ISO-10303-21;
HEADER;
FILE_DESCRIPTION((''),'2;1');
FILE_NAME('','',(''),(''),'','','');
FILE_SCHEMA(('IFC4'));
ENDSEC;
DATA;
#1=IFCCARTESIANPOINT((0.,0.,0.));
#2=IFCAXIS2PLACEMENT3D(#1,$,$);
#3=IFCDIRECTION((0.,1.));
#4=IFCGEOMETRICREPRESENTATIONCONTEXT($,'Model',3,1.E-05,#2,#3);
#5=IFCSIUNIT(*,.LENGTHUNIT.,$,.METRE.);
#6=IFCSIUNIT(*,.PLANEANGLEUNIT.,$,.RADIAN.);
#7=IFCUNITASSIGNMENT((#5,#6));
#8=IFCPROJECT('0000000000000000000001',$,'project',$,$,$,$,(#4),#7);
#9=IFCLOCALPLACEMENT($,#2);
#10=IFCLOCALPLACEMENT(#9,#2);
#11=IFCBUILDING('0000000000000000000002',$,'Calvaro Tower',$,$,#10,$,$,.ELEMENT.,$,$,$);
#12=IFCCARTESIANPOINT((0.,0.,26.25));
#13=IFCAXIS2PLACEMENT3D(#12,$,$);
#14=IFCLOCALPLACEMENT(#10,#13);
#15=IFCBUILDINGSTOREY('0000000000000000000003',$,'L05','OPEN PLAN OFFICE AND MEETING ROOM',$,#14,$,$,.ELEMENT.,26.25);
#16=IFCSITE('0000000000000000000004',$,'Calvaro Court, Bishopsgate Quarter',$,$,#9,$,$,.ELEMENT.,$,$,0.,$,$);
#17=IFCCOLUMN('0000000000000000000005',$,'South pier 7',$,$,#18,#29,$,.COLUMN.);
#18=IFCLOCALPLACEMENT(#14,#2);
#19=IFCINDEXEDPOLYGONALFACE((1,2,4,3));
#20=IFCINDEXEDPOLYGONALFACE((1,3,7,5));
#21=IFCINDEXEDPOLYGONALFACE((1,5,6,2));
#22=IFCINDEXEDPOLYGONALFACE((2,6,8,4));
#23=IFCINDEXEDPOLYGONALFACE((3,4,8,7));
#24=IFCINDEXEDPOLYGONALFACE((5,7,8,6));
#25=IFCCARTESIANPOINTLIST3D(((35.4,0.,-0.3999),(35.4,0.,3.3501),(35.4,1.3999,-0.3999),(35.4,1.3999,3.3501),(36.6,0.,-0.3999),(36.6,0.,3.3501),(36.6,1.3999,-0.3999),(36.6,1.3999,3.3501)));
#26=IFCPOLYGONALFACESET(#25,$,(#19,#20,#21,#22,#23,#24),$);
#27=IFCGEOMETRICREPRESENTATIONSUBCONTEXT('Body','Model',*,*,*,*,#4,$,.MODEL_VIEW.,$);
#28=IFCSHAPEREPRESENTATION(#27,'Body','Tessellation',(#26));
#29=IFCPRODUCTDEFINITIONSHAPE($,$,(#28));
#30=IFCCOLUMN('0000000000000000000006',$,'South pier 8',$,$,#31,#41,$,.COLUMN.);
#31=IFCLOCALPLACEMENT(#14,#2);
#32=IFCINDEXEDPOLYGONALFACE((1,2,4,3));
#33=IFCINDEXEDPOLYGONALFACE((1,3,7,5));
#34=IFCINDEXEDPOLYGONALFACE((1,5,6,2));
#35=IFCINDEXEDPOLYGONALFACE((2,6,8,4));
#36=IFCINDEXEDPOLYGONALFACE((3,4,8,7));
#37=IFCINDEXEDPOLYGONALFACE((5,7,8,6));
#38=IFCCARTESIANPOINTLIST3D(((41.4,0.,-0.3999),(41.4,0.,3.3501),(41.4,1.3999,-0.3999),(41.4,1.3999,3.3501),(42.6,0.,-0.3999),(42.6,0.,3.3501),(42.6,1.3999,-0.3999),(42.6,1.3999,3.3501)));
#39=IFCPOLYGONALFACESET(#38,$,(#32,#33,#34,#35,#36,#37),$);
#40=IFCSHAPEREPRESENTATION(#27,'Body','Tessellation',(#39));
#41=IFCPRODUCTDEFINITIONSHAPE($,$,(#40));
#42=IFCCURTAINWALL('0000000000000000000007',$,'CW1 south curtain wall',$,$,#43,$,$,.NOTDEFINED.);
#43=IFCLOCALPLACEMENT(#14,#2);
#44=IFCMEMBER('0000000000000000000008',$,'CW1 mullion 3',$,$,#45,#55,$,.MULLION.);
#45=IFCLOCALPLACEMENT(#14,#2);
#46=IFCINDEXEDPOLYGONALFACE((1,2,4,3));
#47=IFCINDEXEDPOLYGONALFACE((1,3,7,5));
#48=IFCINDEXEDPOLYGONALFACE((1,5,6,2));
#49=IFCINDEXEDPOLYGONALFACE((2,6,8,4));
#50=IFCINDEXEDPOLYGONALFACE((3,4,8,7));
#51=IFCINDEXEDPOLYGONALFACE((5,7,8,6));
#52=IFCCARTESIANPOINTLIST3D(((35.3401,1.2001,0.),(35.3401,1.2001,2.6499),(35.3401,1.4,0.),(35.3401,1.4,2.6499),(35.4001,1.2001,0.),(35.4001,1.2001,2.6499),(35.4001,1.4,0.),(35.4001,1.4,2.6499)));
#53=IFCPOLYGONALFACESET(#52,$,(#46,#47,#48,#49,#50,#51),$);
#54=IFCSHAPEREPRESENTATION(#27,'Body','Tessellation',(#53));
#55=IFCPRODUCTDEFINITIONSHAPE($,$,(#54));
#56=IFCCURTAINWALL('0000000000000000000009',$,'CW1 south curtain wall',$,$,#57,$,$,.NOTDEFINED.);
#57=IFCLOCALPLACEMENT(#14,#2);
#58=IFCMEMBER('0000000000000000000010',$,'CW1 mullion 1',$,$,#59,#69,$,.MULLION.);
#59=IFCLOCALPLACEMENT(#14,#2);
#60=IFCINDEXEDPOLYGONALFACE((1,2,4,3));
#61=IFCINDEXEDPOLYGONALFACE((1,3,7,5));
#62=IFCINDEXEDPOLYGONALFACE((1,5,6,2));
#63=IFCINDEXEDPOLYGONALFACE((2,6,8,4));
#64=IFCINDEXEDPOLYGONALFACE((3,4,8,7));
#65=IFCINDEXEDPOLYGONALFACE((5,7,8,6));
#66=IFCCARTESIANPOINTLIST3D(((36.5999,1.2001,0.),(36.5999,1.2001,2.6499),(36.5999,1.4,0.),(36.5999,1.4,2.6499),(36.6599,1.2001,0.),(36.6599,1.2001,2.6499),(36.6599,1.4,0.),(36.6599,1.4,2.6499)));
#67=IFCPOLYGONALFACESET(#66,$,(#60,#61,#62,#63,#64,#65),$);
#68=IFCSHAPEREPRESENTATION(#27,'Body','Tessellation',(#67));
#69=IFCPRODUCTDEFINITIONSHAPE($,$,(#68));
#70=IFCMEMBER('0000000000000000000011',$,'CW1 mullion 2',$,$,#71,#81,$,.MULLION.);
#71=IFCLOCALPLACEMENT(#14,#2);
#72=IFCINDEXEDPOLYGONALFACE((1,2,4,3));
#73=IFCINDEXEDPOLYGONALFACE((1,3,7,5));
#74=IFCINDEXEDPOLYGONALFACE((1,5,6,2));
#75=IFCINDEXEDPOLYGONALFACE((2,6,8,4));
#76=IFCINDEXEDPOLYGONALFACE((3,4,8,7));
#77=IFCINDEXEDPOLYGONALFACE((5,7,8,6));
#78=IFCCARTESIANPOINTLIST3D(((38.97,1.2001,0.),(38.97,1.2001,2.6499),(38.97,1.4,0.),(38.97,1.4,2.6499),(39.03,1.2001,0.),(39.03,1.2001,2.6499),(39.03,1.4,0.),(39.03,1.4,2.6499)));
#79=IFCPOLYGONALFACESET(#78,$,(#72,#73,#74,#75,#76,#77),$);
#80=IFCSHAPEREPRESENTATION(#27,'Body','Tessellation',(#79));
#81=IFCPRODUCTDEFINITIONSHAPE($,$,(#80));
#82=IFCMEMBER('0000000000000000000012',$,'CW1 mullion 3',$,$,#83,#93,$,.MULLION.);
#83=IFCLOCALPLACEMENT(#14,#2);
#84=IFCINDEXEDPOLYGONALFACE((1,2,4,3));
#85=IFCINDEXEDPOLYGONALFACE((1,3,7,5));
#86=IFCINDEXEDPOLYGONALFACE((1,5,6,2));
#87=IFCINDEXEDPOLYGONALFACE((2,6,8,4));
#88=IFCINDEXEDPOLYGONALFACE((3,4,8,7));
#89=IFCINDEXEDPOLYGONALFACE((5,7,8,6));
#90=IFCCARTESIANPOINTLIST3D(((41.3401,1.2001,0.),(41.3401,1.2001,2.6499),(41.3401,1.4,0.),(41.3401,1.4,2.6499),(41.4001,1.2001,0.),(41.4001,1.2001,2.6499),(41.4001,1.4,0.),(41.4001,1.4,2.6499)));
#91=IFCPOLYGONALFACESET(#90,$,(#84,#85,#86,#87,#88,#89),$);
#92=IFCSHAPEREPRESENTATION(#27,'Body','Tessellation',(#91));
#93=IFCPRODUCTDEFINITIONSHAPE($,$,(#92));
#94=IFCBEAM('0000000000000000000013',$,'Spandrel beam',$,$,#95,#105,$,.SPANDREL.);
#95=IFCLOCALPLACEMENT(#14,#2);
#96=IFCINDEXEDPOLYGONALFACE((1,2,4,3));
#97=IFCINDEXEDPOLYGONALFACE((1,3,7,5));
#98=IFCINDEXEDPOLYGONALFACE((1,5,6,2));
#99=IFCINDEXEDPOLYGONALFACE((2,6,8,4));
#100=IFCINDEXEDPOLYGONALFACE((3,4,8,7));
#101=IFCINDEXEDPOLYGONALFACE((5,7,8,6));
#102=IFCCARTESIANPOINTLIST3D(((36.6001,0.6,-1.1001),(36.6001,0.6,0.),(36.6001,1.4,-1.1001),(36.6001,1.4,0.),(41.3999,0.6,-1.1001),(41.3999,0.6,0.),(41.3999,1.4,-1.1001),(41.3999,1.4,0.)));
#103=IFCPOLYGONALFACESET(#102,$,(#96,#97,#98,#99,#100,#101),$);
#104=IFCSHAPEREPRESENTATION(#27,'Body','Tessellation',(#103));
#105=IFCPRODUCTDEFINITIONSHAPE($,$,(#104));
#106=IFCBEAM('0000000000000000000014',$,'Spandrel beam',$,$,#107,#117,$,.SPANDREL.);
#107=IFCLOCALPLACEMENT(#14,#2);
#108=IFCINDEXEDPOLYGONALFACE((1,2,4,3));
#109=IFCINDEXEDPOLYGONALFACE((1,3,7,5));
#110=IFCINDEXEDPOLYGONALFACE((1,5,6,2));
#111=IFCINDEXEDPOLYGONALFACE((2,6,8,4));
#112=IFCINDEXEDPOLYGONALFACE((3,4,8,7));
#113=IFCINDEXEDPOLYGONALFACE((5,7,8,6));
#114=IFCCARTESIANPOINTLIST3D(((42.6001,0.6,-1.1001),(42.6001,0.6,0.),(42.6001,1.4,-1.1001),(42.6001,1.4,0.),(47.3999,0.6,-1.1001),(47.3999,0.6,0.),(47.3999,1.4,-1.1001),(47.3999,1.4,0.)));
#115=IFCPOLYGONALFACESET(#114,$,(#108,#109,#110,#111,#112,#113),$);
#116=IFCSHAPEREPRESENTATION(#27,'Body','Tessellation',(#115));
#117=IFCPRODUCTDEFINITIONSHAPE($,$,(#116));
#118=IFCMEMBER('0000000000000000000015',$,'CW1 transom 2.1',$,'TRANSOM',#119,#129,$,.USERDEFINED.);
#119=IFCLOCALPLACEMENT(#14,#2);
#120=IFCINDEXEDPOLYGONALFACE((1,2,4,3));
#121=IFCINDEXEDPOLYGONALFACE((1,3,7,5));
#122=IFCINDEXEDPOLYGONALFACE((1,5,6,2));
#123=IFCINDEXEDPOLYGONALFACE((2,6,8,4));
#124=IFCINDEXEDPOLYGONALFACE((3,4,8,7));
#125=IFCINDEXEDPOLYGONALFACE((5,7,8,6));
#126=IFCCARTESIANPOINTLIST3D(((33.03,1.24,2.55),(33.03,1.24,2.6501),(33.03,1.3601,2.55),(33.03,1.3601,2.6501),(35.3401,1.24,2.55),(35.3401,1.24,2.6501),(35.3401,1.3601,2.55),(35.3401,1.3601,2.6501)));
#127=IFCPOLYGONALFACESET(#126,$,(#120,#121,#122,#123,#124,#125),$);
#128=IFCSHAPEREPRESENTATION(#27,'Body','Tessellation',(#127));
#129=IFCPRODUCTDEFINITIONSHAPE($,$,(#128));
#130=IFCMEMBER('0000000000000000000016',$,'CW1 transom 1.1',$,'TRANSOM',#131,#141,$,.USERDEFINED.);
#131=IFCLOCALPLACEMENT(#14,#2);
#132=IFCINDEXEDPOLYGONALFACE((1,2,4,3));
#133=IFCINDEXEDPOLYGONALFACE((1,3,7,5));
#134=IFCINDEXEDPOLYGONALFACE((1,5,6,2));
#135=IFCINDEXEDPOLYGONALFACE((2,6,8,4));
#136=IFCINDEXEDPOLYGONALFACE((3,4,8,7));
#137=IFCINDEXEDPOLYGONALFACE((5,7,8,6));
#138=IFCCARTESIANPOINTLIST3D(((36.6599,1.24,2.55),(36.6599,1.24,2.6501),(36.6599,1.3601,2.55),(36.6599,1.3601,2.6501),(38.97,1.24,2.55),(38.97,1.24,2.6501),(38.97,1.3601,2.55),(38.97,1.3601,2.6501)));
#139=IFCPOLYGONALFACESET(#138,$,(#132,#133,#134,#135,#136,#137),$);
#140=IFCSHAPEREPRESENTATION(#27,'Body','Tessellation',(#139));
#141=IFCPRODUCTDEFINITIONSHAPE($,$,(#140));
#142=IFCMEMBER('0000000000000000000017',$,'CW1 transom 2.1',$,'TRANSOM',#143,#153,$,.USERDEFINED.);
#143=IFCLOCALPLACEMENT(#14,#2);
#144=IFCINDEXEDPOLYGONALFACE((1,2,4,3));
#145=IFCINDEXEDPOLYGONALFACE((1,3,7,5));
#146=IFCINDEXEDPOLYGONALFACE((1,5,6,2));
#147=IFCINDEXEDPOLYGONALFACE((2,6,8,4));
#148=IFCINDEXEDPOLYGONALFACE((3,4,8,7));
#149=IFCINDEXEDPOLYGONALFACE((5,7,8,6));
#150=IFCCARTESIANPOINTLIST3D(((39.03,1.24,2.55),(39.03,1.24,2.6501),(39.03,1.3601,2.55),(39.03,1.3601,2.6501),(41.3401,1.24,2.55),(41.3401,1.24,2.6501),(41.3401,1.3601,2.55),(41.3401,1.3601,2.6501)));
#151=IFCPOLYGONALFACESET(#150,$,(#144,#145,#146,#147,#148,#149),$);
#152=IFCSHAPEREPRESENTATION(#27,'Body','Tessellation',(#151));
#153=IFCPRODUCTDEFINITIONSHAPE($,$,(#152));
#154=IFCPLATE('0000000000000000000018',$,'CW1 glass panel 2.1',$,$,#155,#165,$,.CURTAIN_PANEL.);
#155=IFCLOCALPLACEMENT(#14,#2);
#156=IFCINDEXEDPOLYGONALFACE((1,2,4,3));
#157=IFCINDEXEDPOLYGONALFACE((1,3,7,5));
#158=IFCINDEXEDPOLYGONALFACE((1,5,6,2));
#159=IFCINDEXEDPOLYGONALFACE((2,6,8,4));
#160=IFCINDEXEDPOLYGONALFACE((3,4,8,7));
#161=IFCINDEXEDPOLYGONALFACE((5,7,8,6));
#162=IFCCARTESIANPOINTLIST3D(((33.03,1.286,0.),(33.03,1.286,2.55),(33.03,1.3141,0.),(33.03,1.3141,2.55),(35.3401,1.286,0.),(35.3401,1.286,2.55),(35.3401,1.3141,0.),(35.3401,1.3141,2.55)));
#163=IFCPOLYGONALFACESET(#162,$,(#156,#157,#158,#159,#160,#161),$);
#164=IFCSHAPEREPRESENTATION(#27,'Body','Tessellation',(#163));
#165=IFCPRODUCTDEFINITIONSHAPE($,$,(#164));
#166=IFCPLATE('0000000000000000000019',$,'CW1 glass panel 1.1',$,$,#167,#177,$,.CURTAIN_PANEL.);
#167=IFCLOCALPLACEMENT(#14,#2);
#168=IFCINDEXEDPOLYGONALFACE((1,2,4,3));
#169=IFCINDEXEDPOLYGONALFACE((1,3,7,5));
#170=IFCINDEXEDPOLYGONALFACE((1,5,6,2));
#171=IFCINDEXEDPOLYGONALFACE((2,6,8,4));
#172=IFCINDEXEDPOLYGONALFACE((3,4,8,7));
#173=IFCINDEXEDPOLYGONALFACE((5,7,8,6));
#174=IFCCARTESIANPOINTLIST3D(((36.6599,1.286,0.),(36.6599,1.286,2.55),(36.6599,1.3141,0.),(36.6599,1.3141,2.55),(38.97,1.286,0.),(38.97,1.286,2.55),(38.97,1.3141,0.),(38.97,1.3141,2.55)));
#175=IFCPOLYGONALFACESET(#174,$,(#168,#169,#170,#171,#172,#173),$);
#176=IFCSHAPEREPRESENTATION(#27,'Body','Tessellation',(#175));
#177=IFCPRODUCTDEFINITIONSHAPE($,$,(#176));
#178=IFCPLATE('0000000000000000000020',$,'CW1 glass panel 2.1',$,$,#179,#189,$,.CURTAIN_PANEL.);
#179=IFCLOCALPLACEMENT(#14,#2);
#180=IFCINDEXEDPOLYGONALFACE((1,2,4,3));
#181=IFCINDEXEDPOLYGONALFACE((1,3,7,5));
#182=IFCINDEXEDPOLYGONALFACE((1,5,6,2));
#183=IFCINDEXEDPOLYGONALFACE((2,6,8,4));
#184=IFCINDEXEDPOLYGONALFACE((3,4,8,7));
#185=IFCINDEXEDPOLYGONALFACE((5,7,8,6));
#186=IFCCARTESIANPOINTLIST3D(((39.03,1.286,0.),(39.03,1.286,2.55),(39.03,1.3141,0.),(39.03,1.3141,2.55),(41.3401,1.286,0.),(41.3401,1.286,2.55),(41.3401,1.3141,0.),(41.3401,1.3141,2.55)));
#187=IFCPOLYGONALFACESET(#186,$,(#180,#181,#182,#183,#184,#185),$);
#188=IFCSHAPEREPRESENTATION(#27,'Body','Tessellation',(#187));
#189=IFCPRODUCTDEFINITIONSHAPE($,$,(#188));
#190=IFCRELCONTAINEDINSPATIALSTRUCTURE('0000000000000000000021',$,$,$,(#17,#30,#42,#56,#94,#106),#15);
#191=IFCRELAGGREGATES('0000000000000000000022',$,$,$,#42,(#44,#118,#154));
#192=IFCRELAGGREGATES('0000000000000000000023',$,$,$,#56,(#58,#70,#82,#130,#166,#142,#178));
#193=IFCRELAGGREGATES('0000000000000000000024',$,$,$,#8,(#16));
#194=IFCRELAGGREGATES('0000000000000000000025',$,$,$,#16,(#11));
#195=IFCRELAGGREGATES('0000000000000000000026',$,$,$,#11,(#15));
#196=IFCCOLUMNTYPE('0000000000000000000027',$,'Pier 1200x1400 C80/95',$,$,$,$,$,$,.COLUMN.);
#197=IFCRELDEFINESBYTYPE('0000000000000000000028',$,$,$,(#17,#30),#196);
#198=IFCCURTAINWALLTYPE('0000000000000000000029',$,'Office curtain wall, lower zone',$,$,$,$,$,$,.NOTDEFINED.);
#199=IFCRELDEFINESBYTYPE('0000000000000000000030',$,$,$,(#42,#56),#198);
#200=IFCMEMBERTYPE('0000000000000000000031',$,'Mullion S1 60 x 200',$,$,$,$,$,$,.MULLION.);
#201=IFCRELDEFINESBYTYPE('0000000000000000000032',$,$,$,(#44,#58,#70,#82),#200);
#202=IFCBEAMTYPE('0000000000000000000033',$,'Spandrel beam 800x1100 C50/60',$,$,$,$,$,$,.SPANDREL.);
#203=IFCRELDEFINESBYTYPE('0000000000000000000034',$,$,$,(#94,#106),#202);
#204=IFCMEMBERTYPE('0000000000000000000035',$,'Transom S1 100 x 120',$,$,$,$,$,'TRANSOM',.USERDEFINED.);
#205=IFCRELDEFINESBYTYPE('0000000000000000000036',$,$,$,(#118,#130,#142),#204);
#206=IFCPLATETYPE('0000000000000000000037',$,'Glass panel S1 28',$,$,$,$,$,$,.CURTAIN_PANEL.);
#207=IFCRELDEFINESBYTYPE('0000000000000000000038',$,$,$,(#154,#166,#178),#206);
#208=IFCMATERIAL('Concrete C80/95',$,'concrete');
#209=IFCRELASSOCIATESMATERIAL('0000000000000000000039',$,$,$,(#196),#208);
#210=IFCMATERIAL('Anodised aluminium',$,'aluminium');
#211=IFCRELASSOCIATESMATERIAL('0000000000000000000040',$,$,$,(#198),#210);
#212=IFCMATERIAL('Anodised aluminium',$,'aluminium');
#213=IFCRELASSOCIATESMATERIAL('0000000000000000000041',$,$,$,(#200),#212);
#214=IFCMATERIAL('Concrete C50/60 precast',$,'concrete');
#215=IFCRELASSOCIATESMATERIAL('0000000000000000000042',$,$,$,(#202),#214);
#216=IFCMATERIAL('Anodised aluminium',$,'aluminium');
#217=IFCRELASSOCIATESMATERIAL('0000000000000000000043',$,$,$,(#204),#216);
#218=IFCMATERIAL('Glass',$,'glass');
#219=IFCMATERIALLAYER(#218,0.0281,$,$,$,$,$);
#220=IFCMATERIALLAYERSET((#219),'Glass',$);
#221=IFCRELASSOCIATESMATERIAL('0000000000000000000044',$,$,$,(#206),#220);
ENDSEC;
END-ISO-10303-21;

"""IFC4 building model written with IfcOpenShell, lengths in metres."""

from ifc_helpers import new_model, si_unit, direction, frame, origin, origin_2d, place, context, subcontext, project, spatial, rectangle, extrude, material, layer, layer_set, material_profile, profile_set, type_object, element, aggregate, save


model = new_model("IFC4")

# Units and contexts
model_context = context("Model", 3, precision=1e-05, world=origin(), true_north=direction((0.0, 1.0)))
body_context = subcontext(model_context, "Body", "Model", "MODEL_VIEW")
ifc_project = project(units=[si_unit("LENGTHUNIT", "METRE"), si_unit("PLANEANGLEUNIT", "RADIAN")], contexts=[model_context])

# Site, building, storey
site_placement = place(None, origin())
site = spatial("IfcSite", under=ifc_project, at=site_placement, Name="Calvaro Court, Bishopsgate Quarter", CompositionType="ELEMENT", RefElevation=0.0)
building_placement = place(site_placement, origin())
building = spatial("IfcBuilding", under=site, at=building_placement, Name="Calvaro Tower", CompositionType="ELEMENT")
storey_placement = place(building_placement, frame((0.0, 0.0, 26.25)))
storey = spatial("IfcBuildingStorey", under=building, at=storey_placement, Name="L05", Description="OPEN PLAN OFFICE AND MEETING ROOM", CompositionType="ELEMENT", Elevation=26.25)

# Columns
ifc_material_1 = material(Name="Concrete C80/95", Category="concrete")
ifc_material_profile_1 = material_profile(ifc_material_1, rectangle(XDim=1.2, YDim=1.3999, at=origin_2d()), Name="RC 1200x1400")
ifc_profile_set_1 = profile_set([ifc_material_profile_1], Name="Concrete C80/95")
column_type = type_object("IfcColumnType", Name="Pier 1200x1400 C80/95", PredefinedType="COLUMN", material=ifc_profile_set_1)
for number, where, z_axis, x_axis, name in (
    (1, (36.0, 0.7, -0.3999), (0.0, 0.0, 1.0), (1.0, 0.0, 0.0), "South pier 7"),
    (2, (42.0, 0.7, -0.3999), (0.0, 0.0, 1.0), (1.0, 0.0, 0.0), "South pier 8"),
):
    element("IfcColumn", number, at=place(storey_placement, frame(where, z_axis=z_axis, x_axis=x_axis)), inside=storey, type_object=column_type, Name=name, PredefinedType="COLUMN", context=body_context, shape_type="SweptSolid", body=[
        extrude(rectangle(XDim=1.2, YDim=1.3999, at=origin_2d()), origin(), (0.0, 0.0, 1.0), 3.75),
    ])

# Curtain wall, member
ifc_material_2 = material(Name="Anodised aluminium", Category="aluminium")
curtain_wall_type = type_object("IfcCurtainWallType", Name="Office curtain wall, lower zone", PredefinedType="NOTDEFINED", material=ifc_material_2)
curtain_wall_1_placement = place(storey_placement, origin())
curtain_wall_1 = element("IfcCurtainWall", 3, at=curtain_wall_1_placement, inside=storey, type_object=curtain_wall_type, Name="CW1 south curtain wall", PredefinedType="NOTDEFINED")
ifc_material_3 = material(Name="Anodised aluminium", Category="aluminium")
ifc_material_profile_2 = material_profile(ifc_material_3, rectangle(XDim=0.2, YDim=0.0601, at=origin_2d()), Name="Mullion S1 60 x 200")
ifc_profile_set_2 = profile_set([ifc_material_profile_2], Name="Anodised aluminium")
member_type_1 = type_object("IfcMemberType", Name="Mullion S1 60 x 200", PredefinedType="MULLION", material=ifc_profile_set_2)
member_1_placement = place(storey_placement, frame((35.3701, 1.3, 0.0), z_axis=(0.0, 0.0, 1.0), x_axis=(0.0, 1.0, 0.0)))
member_1 = element("IfcMember", 4, at=member_1_placement, type_object=member_type_1, Name="CW1 mullion 3", PredefinedType="MULLION", context=body_context, shape_type="SweptSolid", body=[
    extrude(rectangle(XDim=0.2, YDim=0.0601, at=origin_2d()), origin(), (0.0, 0.0, 1.0), 2.6499),
])

# Curtain wall, members
curtain_wall_2_placement = place(storey_placement, origin())
curtain_wall_2 = element("IfcCurtainWall", 5, at=curtain_wall_2_placement, inside=storey, type_object=curtain_wall_type, Name="CW1 south curtain wall", PredefinedType="NOTDEFINED")
member_2_placement = place(storey_placement, frame((36.6299, 1.3, 0.0), z_axis=(0.0, 0.0, 1.0), x_axis=(0.0, 1.0, 0.0)))
member_2 = element("IfcMember", 6, at=member_2_placement, type_object=member_type_1, Name="CW1 mullion 1", PredefinedType="MULLION", context=body_context, shape_type="SweptSolid", body=[
    extrude(rectangle(XDim=0.2, YDim=0.0601, at=origin_2d()), origin(), (0.0, 0.0, 1.0), 2.6499),
])
member_3_placement = place(storey_placement, frame((39.0, 1.3, 0.0), z_axis=(0.0, 0.0, 1.0), x_axis=(0.0, 1.0, 0.0)))
member_3 = element("IfcMember", 7, at=member_3_placement, type_object=member_type_1, Name="CW1 mullion 2", PredefinedType="MULLION", context=body_context, shape_type="SweptSolid", body=[
    extrude(rectangle(XDim=0.2, YDim=0.0601, at=origin_2d()), origin(), (0.0, 0.0, 1.0), 2.6499),
])
member_4_placement = place(storey_placement, frame((41.3701, 1.3, 0.0), z_axis=(0.0, 0.0, 1.0), x_axis=(0.0, 1.0, 0.0)))
member_4 = element("IfcMember", 8, at=member_4_placement, type_object=member_type_1, Name="CW1 mullion 3", PredefinedType="MULLION", context=body_context, shape_type="SweptSolid", body=[
    extrude(rectangle(XDim=0.2, YDim=0.0601, at=origin_2d()), origin(), (0.0, 0.0, 1.0), 2.6499),
])

# Beams
ifc_material_4 = material(Name="Concrete C50/60 precast", Category="concrete")
ifc_material_profile_3 = material_profile(ifc_material_4, rectangle(XDim=0.8, YDim=1.1001, at=origin_2d()), Name="RC 800x1100")
ifc_profile_set_3 = profile_set([ifc_material_profile_3], Name="Concrete C50/60 precast")
beam_type = type_object("IfcBeamType", Name="Spandrel beam 800x1100 C50/60", PredefinedType="SPANDREL", material=ifc_profile_set_3)
for number, where, z_axis, x_axis, name in (
    (9, (36.6001, 1.0, -0.55), (1.0, 0.0, 0.0), (0.0, 1.0, 0.0), "Spandrel beam"),
    (10, (42.6001, 1.0, -0.55), (1.0, 0.0, 0.0), (0.0, 1.0, 0.0), "Spandrel beam"),
):
    element("IfcBeam", number, at=place(storey_placement, frame(where, z_axis=z_axis, x_axis=x_axis)), inside=storey, type_object=beam_type, Name=name, PredefinedType="SPANDREL", context=body_context, shape_type="SweptSolid", body=[
        extrude(rectangle(XDim=0.8, YDim=1.1001, at=origin_2d()), origin(), (0.0, 0.0, 1.0), 4.7998),
    ])

# Members
ifc_material_5 = material(Name="Anodised aluminium", Category="aluminium")
ifc_material_profile_4 = material_profile(ifc_material_5, rectangle(XDim=0.1201, YDim=0.1001, at=origin_2d()), Name="Transom S1 100 x 120")
ifc_profile_set_4 = profile_set([ifc_material_profile_4], Name="Anodised aluminium")
member_type_2 = type_object("IfcMemberType", Name="Transom S1 100 x 120", ElementType="TRANSOM", PredefinedType="USERDEFINED", material=ifc_profile_set_4)
member_5_placement = place(storey_placement, frame((33.03, 1.3, 2.6001), z_axis=(1.0, 0.0, 0.0), x_axis=(0.0, 1.0, 0.0)))
member_5 = element("IfcMember", 11, at=member_5_placement, type_object=member_type_2, Name="CW1 transom 2.1", ObjectType="TRANSOM", PredefinedType="USERDEFINED", context=body_context, shape_type="SweptSolid", body=[
    extrude(rectangle(XDim=0.1201, YDim=0.1001, at=origin_2d()), origin(), (0.0, 0.0, 1.0), 2.3101),
])
member_6_placement = place(storey_placement, frame((36.6599, 1.3, 2.6001), z_axis=(1.0, 0.0, 0.0), x_axis=(0.0, 1.0, 0.0)))
member_6 = element("IfcMember", 12, at=member_6_placement, type_object=member_type_2, Name="CW1 transom 1.1", ObjectType="TRANSOM", PredefinedType="USERDEFINED", context=body_context, shape_type="SweptSolid", body=[
    extrude(rectangle(XDim=0.1201, YDim=0.1001, at=origin_2d()), origin(), (0.0, 0.0, 1.0), 2.3101),
])
member_7_placement = place(storey_placement, frame((39.03, 1.3, 2.6001), z_axis=(1.0, 0.0, 0.0), x_axis=(0.0, 1.0, 0.0)))
member_7 = element("IfcMember", 13, at=member_7_placement, type_object=member_type_2, Name="CW1 transom 2.1", ObjectType="TRANSOM", PredefinedType="USERDEFINED", context=body_context, shape_type="SweptSolid", body=[
    extrude(rectangle(XDim=0.1201, YDim=0.1001, at=origin_2d()), origin(), (0.0, 0.0, 1.0), 2.3101),
])

# Plates
ifc_material_6 = material(Name="Glass", Category="glass")
ifc_layer_1 = layer(ifc_material_6, 0.0281)
ifc_layer_set_1 = layer_set([ifc_layer_1], Name="Glass")
plate_type = type_object("IfcPlateType", Name="Glass panel S1 28", PredefinedType="CURTAIN_PANEL", material=ifc_layer_set_1)
plate_1_placement = place(storey_placement, frame((34.1851, 1.3, 0.0), z_axis=(0.0, 0.0, 1.0), x_axis=(1.0, 0.0, 0.0)))
plate_1 = element("IfcPlate", 14, at=plate_1_placement, type_object=plate_type, Name="CW1 glass panel 2.1", PredefinedType="CURTAIN_PANEL", context=body_context, shape_type="SweptSolid", body=[
    extrude(rectangle(XDim=2.3101, YDim=0.0281, at=origin_2d()), origin(), (0.0, 0.0, 1.0), 2.55),
])
aggregate(curtain_wall_1, [member_1, member_5, plate_1])
plate_2_placement = place(storey_placement, frame((37.8149, 1.3, 0.0), z_axis=(0.0, 0.0, 1.0), x_axis=(1.0, 0.0, 0.0)))
plate_2 = element("IfcPlate", 15, at=plate_2_placement, type_object=plate_type, Name="CW1 glass panel 1.1", PredefinedType="CURTAIN_PANEL", context=body_context, shape_type="SweptSolid", body=[
    extrude(rectangle(XDim=2.3101, YDim=0.0281, at=origin_2d()), origin(), (0.0, 0.0, 1.0), 2.55),
])
plate_3_placement = place(storey_placement, frame((40.1851, 1.3, 0.0), z_axis=(0.0, 0.0, 1.0), x_axis=(1.0, 0.0, 0.0)))
plate_3 = element("IfcPlate", 16, at=plate_3_placement, type_object=plate_type, Name="CW1 glass panel 2.1", PredefinedType="CURTAIN_PANEL", context=body_context, shape_type="SweptSolid", body=[
    extrude(rectangle(XDim=2.3101, YDim=0.0281, at=origin_2d()), origin(), (0.0, 0.0, 1.0), 2.55),
])
aggregate(curtain_wall_2, [member_2, member_3, member_4, member_6, plate_2, member_7, plate_3])

save(model, "model.ifc")
